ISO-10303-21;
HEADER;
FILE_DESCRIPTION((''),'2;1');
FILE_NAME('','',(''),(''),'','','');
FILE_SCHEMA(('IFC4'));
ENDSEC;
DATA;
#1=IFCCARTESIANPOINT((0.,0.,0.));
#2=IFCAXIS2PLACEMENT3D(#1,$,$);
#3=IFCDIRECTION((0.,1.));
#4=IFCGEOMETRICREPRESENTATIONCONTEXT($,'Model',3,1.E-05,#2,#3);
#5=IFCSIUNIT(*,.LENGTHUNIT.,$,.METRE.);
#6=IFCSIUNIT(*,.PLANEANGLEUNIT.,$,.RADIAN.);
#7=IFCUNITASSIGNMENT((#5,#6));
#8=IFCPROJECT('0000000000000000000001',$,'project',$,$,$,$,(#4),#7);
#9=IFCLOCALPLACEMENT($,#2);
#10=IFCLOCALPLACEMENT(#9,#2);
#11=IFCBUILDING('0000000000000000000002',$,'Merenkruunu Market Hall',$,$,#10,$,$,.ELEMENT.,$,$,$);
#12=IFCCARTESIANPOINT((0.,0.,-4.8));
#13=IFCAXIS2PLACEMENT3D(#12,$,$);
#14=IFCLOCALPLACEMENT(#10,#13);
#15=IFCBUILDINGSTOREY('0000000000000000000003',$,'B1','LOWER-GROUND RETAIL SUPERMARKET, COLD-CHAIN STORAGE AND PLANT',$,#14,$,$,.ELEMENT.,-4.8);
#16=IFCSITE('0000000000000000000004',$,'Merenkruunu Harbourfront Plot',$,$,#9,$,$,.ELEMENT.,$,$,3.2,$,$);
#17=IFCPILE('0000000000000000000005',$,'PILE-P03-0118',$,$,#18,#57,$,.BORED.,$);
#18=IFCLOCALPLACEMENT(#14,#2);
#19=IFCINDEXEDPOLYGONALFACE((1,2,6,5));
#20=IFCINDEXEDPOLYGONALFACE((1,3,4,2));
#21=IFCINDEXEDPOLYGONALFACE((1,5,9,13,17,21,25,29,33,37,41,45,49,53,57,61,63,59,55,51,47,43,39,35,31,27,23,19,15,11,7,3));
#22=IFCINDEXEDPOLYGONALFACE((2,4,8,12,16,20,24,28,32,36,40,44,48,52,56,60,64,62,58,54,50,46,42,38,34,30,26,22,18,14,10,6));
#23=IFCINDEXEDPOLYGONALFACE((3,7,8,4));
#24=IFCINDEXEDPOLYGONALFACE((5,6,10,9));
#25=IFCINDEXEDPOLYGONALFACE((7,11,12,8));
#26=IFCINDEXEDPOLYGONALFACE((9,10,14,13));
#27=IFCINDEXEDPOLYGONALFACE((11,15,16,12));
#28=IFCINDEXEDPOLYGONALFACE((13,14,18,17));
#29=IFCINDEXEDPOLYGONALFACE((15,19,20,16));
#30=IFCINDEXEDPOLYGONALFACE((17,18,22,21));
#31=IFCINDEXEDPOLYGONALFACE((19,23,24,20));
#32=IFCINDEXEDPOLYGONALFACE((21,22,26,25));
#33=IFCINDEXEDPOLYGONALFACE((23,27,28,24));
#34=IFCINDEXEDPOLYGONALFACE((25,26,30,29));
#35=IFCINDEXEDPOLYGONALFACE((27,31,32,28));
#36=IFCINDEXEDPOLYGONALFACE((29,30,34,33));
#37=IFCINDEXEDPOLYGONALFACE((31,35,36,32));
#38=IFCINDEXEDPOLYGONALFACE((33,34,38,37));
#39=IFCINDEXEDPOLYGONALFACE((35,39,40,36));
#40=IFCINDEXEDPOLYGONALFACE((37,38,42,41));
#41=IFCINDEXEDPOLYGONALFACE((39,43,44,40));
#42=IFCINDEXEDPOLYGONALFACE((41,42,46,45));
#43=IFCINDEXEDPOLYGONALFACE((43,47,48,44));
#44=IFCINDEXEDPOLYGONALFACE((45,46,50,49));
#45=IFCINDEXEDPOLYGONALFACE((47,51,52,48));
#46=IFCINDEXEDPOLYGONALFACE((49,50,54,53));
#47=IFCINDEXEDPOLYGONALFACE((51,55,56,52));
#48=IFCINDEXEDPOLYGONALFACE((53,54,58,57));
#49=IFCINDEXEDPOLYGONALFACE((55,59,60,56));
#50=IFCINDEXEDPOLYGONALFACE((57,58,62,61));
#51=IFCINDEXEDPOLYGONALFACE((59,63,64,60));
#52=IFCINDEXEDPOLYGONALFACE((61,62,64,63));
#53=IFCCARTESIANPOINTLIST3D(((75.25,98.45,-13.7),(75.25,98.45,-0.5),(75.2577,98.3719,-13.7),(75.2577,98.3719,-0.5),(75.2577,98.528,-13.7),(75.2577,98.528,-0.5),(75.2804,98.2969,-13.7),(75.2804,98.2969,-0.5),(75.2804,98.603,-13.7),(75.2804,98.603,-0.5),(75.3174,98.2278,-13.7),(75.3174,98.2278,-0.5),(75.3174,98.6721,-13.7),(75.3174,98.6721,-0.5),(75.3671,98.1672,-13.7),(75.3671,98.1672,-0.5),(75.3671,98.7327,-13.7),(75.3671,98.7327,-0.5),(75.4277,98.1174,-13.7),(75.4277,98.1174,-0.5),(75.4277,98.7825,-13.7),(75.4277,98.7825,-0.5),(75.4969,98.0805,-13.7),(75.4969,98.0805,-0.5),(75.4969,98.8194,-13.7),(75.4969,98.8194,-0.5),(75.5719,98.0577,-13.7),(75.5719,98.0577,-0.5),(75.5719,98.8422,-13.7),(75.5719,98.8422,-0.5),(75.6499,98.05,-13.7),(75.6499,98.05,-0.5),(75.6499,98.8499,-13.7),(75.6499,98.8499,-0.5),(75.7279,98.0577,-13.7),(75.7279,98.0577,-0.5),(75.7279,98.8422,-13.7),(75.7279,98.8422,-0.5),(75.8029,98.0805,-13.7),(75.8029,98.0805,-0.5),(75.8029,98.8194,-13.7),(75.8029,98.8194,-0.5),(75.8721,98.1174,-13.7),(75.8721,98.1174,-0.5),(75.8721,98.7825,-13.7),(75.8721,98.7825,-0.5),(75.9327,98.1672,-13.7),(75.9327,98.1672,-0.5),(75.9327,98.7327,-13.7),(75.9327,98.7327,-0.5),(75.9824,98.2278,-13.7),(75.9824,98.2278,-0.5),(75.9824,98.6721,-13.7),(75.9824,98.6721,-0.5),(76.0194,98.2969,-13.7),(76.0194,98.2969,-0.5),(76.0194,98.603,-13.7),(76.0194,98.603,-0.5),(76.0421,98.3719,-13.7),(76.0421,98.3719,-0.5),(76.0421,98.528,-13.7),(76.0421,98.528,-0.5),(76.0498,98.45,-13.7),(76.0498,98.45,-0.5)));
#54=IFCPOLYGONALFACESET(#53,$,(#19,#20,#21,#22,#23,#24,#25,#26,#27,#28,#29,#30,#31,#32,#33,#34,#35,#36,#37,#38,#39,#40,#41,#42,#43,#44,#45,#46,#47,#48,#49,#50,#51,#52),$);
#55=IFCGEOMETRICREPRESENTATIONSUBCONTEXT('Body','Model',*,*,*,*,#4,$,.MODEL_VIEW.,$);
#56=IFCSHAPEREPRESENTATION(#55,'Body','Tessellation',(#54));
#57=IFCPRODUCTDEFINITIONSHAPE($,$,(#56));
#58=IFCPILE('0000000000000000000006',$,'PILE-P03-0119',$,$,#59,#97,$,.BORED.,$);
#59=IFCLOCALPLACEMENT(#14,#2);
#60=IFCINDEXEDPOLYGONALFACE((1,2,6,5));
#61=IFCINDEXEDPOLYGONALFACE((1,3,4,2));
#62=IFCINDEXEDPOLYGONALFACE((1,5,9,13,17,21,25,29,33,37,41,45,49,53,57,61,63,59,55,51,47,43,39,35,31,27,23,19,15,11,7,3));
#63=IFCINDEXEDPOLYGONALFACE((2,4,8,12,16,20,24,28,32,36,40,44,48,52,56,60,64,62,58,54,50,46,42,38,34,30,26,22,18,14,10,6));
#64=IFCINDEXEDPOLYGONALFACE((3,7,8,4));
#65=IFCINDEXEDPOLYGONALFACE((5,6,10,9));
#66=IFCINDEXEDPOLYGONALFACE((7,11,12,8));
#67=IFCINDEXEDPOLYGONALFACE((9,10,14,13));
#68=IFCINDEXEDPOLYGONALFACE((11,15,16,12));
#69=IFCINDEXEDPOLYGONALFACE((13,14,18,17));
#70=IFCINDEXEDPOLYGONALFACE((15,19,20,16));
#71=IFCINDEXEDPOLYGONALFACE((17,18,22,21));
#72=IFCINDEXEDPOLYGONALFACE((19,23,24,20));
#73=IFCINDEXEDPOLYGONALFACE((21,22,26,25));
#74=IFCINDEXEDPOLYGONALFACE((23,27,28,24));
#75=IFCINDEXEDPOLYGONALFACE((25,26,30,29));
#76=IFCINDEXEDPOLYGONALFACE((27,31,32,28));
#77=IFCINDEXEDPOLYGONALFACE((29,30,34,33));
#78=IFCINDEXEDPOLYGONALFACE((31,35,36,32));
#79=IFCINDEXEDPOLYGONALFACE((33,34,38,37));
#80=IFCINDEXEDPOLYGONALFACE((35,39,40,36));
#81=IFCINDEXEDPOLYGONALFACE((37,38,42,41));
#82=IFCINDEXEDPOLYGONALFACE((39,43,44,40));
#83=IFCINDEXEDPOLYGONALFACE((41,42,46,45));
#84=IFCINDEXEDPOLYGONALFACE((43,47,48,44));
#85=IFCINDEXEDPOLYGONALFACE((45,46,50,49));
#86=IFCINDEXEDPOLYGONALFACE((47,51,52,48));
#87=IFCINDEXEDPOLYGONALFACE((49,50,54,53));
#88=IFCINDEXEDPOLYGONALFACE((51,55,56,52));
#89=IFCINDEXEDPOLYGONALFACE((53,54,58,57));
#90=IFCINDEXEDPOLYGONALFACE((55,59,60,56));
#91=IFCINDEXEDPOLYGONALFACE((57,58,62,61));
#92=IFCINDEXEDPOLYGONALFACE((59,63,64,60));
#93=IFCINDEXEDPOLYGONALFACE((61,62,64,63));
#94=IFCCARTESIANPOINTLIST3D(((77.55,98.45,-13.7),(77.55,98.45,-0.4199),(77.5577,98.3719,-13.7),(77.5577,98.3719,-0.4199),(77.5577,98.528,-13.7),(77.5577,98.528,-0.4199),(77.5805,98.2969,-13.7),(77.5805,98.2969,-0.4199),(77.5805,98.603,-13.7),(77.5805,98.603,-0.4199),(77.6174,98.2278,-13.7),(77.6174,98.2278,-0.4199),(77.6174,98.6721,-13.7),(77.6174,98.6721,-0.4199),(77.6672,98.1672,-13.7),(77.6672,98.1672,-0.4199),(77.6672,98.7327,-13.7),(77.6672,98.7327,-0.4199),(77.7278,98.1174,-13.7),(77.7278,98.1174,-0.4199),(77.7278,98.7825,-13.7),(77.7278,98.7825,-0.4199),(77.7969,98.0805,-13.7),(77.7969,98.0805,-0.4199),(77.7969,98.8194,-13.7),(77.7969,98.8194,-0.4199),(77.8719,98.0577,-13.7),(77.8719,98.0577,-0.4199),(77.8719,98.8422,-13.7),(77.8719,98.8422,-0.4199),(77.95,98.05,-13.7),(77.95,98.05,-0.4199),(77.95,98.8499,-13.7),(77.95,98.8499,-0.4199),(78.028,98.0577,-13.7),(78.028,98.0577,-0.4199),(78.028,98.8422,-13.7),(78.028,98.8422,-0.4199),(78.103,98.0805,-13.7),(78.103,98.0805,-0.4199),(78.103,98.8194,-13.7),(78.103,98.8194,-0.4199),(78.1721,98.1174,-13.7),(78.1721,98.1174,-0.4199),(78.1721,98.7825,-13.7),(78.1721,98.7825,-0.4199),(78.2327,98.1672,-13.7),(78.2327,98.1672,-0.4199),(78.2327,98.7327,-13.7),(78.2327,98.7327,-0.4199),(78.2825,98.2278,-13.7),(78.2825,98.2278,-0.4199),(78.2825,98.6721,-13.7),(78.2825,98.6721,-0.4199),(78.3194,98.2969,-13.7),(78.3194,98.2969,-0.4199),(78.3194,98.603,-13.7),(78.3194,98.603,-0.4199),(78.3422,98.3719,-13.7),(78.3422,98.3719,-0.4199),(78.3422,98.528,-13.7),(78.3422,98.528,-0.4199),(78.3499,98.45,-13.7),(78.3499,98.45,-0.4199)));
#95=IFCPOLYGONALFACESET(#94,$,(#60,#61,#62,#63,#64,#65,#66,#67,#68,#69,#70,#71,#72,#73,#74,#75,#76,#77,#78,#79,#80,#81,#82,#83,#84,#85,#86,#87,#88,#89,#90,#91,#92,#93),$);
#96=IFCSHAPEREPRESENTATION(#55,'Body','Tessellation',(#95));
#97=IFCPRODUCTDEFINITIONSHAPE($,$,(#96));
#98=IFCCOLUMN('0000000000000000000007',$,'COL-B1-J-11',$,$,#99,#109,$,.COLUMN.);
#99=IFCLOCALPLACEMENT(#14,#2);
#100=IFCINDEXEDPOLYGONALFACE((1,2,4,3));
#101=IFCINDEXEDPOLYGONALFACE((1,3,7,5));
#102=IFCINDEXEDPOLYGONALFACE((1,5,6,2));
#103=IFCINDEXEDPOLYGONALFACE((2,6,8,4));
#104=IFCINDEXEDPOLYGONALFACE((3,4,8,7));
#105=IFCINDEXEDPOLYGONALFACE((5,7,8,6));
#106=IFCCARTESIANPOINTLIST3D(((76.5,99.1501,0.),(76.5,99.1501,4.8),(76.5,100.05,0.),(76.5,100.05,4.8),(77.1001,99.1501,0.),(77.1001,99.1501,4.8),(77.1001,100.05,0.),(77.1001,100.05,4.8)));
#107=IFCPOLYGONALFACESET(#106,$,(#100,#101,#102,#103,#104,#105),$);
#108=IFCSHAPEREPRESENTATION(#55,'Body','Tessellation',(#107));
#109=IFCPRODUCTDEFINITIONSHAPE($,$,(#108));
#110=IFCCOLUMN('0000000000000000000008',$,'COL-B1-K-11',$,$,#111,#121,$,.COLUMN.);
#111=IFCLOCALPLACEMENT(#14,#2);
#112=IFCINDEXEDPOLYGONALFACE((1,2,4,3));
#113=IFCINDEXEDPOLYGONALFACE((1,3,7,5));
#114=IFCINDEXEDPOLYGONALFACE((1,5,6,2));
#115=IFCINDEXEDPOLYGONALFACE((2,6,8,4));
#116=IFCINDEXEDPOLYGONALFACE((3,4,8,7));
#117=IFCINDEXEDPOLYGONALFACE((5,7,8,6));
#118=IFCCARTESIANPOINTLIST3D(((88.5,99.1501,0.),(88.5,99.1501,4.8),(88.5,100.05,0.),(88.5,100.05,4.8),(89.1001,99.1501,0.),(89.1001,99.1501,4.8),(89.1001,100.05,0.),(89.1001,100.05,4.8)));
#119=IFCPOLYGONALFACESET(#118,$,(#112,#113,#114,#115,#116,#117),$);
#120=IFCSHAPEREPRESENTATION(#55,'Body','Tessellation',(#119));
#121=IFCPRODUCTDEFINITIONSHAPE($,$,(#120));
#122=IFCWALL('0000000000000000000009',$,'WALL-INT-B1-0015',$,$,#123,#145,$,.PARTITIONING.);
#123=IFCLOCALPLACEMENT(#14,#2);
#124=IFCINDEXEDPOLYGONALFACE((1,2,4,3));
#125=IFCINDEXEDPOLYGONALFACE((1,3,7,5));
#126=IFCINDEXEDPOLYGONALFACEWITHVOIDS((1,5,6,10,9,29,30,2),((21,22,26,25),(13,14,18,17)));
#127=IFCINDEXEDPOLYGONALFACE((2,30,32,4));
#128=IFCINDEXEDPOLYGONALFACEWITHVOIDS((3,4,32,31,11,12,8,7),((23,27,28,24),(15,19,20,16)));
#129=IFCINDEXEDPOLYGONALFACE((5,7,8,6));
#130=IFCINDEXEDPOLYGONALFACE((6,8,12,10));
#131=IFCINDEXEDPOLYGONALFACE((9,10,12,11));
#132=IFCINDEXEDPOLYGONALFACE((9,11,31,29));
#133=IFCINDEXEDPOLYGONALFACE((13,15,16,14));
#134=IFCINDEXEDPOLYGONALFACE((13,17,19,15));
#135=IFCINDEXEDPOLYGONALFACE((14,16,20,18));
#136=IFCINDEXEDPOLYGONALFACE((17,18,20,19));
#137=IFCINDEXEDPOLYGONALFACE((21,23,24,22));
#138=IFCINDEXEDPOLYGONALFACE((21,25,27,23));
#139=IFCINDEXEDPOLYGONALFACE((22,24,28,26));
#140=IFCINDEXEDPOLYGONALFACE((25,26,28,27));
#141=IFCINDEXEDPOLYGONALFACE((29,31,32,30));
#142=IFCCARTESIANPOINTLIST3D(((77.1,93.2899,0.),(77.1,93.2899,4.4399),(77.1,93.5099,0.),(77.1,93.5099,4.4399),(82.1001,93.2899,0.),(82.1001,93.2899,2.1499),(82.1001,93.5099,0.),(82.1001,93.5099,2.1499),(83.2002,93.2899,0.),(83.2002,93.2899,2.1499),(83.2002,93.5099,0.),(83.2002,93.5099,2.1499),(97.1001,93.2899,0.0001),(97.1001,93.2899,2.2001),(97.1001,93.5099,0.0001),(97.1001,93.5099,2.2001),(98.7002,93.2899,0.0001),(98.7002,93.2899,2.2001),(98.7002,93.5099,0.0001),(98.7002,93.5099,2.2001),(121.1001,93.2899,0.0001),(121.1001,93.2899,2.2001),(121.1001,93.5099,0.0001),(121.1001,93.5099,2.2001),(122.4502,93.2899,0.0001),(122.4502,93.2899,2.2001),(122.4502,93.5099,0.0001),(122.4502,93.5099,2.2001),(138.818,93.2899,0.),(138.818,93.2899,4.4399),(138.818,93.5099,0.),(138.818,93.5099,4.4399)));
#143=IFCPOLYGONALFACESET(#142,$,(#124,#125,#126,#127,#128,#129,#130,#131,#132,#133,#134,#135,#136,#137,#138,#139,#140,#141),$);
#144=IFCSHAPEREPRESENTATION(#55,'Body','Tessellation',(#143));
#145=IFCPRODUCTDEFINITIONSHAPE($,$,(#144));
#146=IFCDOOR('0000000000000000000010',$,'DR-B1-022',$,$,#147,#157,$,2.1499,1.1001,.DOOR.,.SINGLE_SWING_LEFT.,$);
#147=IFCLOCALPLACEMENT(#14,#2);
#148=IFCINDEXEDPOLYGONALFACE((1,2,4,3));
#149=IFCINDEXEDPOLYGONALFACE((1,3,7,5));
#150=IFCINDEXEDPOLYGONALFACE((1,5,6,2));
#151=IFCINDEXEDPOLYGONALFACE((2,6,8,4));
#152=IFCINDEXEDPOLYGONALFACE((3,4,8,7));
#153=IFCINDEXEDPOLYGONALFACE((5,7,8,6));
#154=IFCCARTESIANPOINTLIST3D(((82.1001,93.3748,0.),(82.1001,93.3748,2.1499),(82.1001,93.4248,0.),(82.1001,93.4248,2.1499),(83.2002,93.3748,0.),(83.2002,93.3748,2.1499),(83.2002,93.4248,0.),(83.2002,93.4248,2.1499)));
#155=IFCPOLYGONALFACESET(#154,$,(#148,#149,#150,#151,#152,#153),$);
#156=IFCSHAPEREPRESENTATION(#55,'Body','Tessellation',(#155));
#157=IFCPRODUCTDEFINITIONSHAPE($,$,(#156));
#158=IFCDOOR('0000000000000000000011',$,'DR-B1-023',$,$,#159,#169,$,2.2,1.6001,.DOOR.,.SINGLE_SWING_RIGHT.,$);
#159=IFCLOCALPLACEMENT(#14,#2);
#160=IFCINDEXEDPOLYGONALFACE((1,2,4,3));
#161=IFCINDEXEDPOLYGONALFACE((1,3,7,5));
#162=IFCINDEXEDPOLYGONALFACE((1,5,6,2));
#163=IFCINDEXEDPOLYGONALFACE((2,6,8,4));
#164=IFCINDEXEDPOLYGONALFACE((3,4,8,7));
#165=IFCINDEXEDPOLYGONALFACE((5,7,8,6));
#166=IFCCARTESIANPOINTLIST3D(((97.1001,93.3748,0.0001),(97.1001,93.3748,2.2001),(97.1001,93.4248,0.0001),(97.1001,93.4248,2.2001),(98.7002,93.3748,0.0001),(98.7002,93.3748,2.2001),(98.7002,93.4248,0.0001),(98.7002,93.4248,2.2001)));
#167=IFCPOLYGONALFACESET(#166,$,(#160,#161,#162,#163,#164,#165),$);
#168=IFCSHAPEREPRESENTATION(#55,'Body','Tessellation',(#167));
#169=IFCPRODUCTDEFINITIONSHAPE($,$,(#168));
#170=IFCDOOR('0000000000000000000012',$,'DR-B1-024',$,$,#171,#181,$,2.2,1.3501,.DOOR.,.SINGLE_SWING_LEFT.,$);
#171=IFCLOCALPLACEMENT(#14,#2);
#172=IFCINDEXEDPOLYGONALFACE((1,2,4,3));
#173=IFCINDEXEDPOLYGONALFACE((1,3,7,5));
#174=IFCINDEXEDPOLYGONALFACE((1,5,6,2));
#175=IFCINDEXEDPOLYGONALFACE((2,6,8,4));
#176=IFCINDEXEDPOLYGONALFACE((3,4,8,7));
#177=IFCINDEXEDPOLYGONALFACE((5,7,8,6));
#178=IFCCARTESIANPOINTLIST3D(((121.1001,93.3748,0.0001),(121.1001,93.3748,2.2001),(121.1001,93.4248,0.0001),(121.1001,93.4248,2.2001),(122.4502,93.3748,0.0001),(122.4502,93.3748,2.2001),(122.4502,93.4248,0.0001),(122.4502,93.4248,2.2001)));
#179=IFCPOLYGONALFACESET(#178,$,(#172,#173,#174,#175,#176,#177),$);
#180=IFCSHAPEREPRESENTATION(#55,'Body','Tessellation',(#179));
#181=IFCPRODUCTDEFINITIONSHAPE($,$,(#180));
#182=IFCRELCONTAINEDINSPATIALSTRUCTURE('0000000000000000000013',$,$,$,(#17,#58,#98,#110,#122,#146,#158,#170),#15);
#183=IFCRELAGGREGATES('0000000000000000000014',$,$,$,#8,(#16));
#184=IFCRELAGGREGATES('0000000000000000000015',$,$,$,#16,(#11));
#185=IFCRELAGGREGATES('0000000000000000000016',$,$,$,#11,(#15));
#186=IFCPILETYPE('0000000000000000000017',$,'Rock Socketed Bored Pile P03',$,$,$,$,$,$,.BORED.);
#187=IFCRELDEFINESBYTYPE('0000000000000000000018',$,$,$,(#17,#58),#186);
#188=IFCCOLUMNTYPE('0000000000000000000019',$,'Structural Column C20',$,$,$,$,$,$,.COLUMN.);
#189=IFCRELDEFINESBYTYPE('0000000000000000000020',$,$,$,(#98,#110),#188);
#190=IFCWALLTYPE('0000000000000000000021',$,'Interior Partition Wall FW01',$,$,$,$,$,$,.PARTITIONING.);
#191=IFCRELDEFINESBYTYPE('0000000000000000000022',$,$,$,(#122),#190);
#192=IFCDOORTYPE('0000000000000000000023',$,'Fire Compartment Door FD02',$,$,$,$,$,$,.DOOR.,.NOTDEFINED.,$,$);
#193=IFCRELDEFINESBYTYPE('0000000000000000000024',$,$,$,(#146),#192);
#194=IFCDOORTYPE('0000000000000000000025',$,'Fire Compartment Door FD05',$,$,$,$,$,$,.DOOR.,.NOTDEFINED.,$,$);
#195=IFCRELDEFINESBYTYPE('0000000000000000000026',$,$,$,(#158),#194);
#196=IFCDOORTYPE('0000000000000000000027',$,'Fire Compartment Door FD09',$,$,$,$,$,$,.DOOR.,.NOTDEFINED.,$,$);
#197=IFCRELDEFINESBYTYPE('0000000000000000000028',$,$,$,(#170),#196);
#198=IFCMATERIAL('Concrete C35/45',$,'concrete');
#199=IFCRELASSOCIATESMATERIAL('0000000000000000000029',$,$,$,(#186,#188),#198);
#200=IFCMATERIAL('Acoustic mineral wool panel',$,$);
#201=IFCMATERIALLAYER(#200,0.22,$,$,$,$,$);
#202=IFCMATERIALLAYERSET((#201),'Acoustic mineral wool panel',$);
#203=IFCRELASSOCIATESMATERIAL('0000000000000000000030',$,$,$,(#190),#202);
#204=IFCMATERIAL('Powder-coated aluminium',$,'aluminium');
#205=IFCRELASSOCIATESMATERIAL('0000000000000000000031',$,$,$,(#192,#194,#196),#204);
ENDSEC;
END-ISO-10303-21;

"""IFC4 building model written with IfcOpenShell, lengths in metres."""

from ifc_helpers import new_model, si_unit, direction, frame, frame_2d, origin, origin_2d, place, context, subcontext, project, spatial, rectangle, circle, extrude, material, layer, layer_set, material_profile, profile_set, type_object, element, fill, save


model = new_model("IFC4")

# Units and contexts
model_context = context("Model", 3, precision=1e-05, world=origin(), true_north=direction((0.0, 1.0)))
body_context = subcontext(model_context, "Body", "Model", "MODEL_VIEW")
ifc_project = project(units=[si_unit("LENGTHUNIT", "METRE"), si_unit("PLANEANGLEUNIT", "RADIAN")], contexts=[model_context])

# Site, building, storey
site_placement = place(None, origin())
site = spatial("IfcSite", under=ifc_project, at=site_placement, Name="Merenkruunu Harbourfront Plot", CompositionType="ELEMENT", RefElevation=3.2)
building_placement = place(site_placement, origin())
building = spatial("IfcBuilding", under=site, at=building_placement, Name="Merenkruunu Market Hall", CompositionType="ELEMENT")
storey_placement = place(building_placement, frame((0.0, 0.0, -4.8)))
storey = spatial("IfcBuildingStorey", under=building, at=storey_placement, Name="B1", Description="LOWER-GROUND RETAIL SUPERMARKET, COLD-CHAIN STORAGE AND PLANT", CompositionType="ELEMENT", Elevation=-4.8)

# Piles
ifc_material_1 = material(Name="Concrete C35/45", Category="concrete")
ifc_material_profile_1 = material_profile(ifc_material_1, circle(Radius=0.3999, at=origin_2d()), Name="BORED PILE 800")
ifc_profile_set_1 = profile_set([ifc_material_profile_1], Name="Concrete C35/45")
pile_type_1 = type_object("IfcPileType", Name="Rock Socketed Bored Pile P03", PredefinedType="BORED", material=ifc_profile_set_1)
pile_1_placement = place(storey_placement, frame((75.6499, 98.45, -0.5), z_axis=(0.0, 0.0, -1.0), x_axis=(1.0, 0.0, 0.0)))
element("IfcPile", 1, at=pile_1_placement, inside=storey, type_object=pile_type_1, Name="PILE-P03-0118", PredefinedType="BORED", context=body_context, shape_type="SweptSolid", body=[
    extrude(circle(Radius=0.3999, at=origin_2d()), origin(), (0.0, 0.0, 1.0), 13.2),
])
pile_2_placement = place(storey_placement, frame((77.95, 98.45, -0.4199), z_axis=(0.0, 0.0, -1.0), x_axis=(1.0, 0.0, 0.0)))
element("IfcPile", 2, at=pile_2_placement, inside=storey, type_object=pile_type_1, Name="PILE-P03-0119", PredefinedType="BORED", context=body_context, shape_type="SweptSolid", body=[
    extrude(circle(Radius=0.3999, at=origin_2d()), origin(), (0.0, 0.0, 1.0), 13.28),
])

# Columns
ifc_material_profile_2 = material_profile(ifc_material_1, rectangle(XDim=0.6001, YDim=0.8999, at=origin_2d()), Name="RC 600x900")
ifc_profile_set_2 = profile_set([ifc_material_profile_2], Name="Concrete C35/45")
column_type = type_object("IfcColumnType", Name="Structural Column C20", PredefinedType="COLUMN", material=ifc_profile_set_2)
for number, where, z_axis, x_axis, name in (
    (3, (76.8, 99.6001, 0.0), (0.0, 0.0, 1.0), (1.0, 0.0, 0.0), "COL-B1-J-11"),
    (4, (88.8, 99.6001, 0.0), (0.0, 0.0, 1.0), (1.0, 0.0, 0.0), "COL-B1-K-11"),
):
    element("IfcColumn", number, at=place(storey_placement, frame(where, z_axis=z_axis, x_axis=x_axis)), inside=storey, type_object=column_type, Name=name, PredefinedType="COLUMN", context=body_context, shape_type="SweptSolid", body=[
        extrude(rectangle(XDim=0.6001, YDim=0.8999, at=origin_2d()), origin(), (0.0, 0.0, 1.0), 4.8),
    ])

# Wall, openings, doors
ifc_material_2 = material(Name="Acoustic mineral wool panel")
ifc_layer_1 = layer(ifc_material_2, 0.22)
ifc_layer_set_1 = layer_set([ifc_layer_1], Name="Acoustic mineral wool panel")
wall_type_1 = type_object("IfcWallType", Name="Interior Partition Wall FW01", PredefinedType="PARTITIONING", material=ifc_layer_set_1)
wall_1_placement = place(storey_placement, frame((77.1001, 93.3999, 0.0), z_axis=(0.0, 0.0, 1.0), x_axis=(1.0, 0.0, 0.0)))
wall_1 = element("IfcWall", 5, at=wall_1_placement, inside=storey, type_object=wall_type_1, Name="WALL-INT-B1-0015", PredefinedType="PARTITIONING", context=body_context, shape_type="SweptSolid", body=[
    extrude(rectangle(XDim=61.718, YDim=0.22, at=frame_2d((30.8589, 0.0))), origin(), (0.0, 0.0, 1.0), 4.4399),
])
opening_1_placement = place(wall_1_placement, frame((5.0, 0.0, 0.0)))
opening_1 = element("IfcOpeningElement", 6, at=opening_1_placement, cuts=wall_1, PredefinedType="OPENING", context=body_context, shape_type="SweptSolid", body=[
    extrude(rectangle(XDim=1.1001, YDim=2.1499, at=frame_2d((0.55, 1.075))), frame((0.0, 0.1201, 0.0), z_axis=(0.0, -1.0, 0.0), x_axis=(1.0, 0.0, 0.0)), (0.0, 0.0, 1.0), 0.24),
])
opening_2_placement = place(wall_1_placement, frame((20.0, 0.0, 0.0)))
opening_2 = element("IfcOpeningElement", 7, at=opening_2_placement, cuts=wall_1, PredefinedType="OPENING", context=body_context, shape_type="SweptSolid", body=[
    extrude(rectangle(XDim=1.6001, YDim=2.2, at=frame_2d((0.8, 1.1001))), frame((0.0, 0.1201, 0.0), z_axis=(0.0, -1.0, 0.0), x_axis=(1.0, 0.0, 0.0)), (0.0, 0.0, 1.0), 0.24),
])
opening_3_placement = place(wall_1_placement, frame((44.0, 0.0, 0.0)))
opening_3 = element("IfcOpeningElement", 8, at=opening_3_placement, cuts=wall_1, PredefinedType="OPENING", context=body_context, shape_type="SweptSolid", body=[
    extrude(rectangle(XDim=1.3501, YDim=2.2, at=frame_2d((0.675, 1.1001))), frame((0.0, 0.1201, 0.0), z_axis=(0.0, -1.0, 0.0), x_axis=(1.0, 0.0, 0.0)), (0.0, 0.0, 1.0), 0.24),
])
ifc_material_3 = material(Name="Powder-coated aluminium", Category="aluminium")
door_type_1 = type_object("IfcDoorType", Name="Fire Compartment Door FD02", OperationType="NOTDEFINED", PredefinedType="DOOR", material=ifc_material_3)
door_1_placement = place(opening_1_placement, origin())
door_1 = element("IfcDoor", 9, at=door_1_placement, inside=storey, type_object=door_type_1, Name="DR-B1-022", OperationType="SINGLE_SWING_LEFT", OverallHeight=2.1499, OverallWidth=1.1001, PredefinedType="DOOR", context=body_context, shape_type="SweptSolid", body=[
    extrude(rectangle(XDim=1.1001, YDim=2.1499, at=frame_2d((0.55, 1.075))), frame((0.0, 0.0249, 0.0), z_axis=(0.0, -1.0, 0.0), x_axis=(1.0, 0.0, 0.0)), (0.0, 0.0, 1.0), 0.05),
])
fill(opening_1, door_1)
door_type_2 = type_object("IfcDoorType", Name="Fire Compartment Door FD05", OperationType="NOTDEFINED", PredefinedType="DOOR", material=ifc_material_3)
door_2_placement = place(opening_2_placement, origin())
door_2 = element("IfcDoor", 10, at=door_2_placement, inside=storey, type_object=door_type_2, Name="DR-B1-023", OperationType="SINGLE_SWING_RIGHT", OverallHeight=2.2, OverallWidth=1.6001, PredefinedType="DOOR", context=body_context, shape_type="SweptSolid", body=[
    extrude(rectangle(XDim=1.6001, YDim=2.2, at=frame_2d((0.8, 1.1001))), frame((0.0, 0.0249, 0.0), z_axis=(0.0, -1.0, 0.0), x_axis=(1.0, 0.0, 0.0)), (0.0, 0.0, 1.0), 0.05),
])
fill(opening_2, door_2)
door_type_3 = type_object("IfcDoorType", Name="Fire Compartment Door FD09", OperationType="NOTDEFINED", PredefinedType="DOOR", material=ifc_material_3)
door_3_placement = place(opening_3_placement, origin())
door_3 = element("IfcDoor", 11, at=door_3_placement, inside=storey, type_object=door_type_3, Name="DR-B1-024", OperationType="SINGLE_SWING_LEFT", OverallHeight=2.2, OverallWidth=1.3501, PredefinedType="DOOR", context=body_context, shape_type="SweptSolid", body=[
    extrude(rectangle(XDim=1.3501, YDim=2.2, at=frame_2d((0.675, 1.1001))), frame((0.0, 0.0249, 0.0), z_axis=(0.0, -1.0, 0.0), x_axis=(1.0, 0.0, 0.0)), (0.0, 0.0, 1.0), 0.05),
])
fill(opening_3, door_3)

save(model, "model.ifc")
